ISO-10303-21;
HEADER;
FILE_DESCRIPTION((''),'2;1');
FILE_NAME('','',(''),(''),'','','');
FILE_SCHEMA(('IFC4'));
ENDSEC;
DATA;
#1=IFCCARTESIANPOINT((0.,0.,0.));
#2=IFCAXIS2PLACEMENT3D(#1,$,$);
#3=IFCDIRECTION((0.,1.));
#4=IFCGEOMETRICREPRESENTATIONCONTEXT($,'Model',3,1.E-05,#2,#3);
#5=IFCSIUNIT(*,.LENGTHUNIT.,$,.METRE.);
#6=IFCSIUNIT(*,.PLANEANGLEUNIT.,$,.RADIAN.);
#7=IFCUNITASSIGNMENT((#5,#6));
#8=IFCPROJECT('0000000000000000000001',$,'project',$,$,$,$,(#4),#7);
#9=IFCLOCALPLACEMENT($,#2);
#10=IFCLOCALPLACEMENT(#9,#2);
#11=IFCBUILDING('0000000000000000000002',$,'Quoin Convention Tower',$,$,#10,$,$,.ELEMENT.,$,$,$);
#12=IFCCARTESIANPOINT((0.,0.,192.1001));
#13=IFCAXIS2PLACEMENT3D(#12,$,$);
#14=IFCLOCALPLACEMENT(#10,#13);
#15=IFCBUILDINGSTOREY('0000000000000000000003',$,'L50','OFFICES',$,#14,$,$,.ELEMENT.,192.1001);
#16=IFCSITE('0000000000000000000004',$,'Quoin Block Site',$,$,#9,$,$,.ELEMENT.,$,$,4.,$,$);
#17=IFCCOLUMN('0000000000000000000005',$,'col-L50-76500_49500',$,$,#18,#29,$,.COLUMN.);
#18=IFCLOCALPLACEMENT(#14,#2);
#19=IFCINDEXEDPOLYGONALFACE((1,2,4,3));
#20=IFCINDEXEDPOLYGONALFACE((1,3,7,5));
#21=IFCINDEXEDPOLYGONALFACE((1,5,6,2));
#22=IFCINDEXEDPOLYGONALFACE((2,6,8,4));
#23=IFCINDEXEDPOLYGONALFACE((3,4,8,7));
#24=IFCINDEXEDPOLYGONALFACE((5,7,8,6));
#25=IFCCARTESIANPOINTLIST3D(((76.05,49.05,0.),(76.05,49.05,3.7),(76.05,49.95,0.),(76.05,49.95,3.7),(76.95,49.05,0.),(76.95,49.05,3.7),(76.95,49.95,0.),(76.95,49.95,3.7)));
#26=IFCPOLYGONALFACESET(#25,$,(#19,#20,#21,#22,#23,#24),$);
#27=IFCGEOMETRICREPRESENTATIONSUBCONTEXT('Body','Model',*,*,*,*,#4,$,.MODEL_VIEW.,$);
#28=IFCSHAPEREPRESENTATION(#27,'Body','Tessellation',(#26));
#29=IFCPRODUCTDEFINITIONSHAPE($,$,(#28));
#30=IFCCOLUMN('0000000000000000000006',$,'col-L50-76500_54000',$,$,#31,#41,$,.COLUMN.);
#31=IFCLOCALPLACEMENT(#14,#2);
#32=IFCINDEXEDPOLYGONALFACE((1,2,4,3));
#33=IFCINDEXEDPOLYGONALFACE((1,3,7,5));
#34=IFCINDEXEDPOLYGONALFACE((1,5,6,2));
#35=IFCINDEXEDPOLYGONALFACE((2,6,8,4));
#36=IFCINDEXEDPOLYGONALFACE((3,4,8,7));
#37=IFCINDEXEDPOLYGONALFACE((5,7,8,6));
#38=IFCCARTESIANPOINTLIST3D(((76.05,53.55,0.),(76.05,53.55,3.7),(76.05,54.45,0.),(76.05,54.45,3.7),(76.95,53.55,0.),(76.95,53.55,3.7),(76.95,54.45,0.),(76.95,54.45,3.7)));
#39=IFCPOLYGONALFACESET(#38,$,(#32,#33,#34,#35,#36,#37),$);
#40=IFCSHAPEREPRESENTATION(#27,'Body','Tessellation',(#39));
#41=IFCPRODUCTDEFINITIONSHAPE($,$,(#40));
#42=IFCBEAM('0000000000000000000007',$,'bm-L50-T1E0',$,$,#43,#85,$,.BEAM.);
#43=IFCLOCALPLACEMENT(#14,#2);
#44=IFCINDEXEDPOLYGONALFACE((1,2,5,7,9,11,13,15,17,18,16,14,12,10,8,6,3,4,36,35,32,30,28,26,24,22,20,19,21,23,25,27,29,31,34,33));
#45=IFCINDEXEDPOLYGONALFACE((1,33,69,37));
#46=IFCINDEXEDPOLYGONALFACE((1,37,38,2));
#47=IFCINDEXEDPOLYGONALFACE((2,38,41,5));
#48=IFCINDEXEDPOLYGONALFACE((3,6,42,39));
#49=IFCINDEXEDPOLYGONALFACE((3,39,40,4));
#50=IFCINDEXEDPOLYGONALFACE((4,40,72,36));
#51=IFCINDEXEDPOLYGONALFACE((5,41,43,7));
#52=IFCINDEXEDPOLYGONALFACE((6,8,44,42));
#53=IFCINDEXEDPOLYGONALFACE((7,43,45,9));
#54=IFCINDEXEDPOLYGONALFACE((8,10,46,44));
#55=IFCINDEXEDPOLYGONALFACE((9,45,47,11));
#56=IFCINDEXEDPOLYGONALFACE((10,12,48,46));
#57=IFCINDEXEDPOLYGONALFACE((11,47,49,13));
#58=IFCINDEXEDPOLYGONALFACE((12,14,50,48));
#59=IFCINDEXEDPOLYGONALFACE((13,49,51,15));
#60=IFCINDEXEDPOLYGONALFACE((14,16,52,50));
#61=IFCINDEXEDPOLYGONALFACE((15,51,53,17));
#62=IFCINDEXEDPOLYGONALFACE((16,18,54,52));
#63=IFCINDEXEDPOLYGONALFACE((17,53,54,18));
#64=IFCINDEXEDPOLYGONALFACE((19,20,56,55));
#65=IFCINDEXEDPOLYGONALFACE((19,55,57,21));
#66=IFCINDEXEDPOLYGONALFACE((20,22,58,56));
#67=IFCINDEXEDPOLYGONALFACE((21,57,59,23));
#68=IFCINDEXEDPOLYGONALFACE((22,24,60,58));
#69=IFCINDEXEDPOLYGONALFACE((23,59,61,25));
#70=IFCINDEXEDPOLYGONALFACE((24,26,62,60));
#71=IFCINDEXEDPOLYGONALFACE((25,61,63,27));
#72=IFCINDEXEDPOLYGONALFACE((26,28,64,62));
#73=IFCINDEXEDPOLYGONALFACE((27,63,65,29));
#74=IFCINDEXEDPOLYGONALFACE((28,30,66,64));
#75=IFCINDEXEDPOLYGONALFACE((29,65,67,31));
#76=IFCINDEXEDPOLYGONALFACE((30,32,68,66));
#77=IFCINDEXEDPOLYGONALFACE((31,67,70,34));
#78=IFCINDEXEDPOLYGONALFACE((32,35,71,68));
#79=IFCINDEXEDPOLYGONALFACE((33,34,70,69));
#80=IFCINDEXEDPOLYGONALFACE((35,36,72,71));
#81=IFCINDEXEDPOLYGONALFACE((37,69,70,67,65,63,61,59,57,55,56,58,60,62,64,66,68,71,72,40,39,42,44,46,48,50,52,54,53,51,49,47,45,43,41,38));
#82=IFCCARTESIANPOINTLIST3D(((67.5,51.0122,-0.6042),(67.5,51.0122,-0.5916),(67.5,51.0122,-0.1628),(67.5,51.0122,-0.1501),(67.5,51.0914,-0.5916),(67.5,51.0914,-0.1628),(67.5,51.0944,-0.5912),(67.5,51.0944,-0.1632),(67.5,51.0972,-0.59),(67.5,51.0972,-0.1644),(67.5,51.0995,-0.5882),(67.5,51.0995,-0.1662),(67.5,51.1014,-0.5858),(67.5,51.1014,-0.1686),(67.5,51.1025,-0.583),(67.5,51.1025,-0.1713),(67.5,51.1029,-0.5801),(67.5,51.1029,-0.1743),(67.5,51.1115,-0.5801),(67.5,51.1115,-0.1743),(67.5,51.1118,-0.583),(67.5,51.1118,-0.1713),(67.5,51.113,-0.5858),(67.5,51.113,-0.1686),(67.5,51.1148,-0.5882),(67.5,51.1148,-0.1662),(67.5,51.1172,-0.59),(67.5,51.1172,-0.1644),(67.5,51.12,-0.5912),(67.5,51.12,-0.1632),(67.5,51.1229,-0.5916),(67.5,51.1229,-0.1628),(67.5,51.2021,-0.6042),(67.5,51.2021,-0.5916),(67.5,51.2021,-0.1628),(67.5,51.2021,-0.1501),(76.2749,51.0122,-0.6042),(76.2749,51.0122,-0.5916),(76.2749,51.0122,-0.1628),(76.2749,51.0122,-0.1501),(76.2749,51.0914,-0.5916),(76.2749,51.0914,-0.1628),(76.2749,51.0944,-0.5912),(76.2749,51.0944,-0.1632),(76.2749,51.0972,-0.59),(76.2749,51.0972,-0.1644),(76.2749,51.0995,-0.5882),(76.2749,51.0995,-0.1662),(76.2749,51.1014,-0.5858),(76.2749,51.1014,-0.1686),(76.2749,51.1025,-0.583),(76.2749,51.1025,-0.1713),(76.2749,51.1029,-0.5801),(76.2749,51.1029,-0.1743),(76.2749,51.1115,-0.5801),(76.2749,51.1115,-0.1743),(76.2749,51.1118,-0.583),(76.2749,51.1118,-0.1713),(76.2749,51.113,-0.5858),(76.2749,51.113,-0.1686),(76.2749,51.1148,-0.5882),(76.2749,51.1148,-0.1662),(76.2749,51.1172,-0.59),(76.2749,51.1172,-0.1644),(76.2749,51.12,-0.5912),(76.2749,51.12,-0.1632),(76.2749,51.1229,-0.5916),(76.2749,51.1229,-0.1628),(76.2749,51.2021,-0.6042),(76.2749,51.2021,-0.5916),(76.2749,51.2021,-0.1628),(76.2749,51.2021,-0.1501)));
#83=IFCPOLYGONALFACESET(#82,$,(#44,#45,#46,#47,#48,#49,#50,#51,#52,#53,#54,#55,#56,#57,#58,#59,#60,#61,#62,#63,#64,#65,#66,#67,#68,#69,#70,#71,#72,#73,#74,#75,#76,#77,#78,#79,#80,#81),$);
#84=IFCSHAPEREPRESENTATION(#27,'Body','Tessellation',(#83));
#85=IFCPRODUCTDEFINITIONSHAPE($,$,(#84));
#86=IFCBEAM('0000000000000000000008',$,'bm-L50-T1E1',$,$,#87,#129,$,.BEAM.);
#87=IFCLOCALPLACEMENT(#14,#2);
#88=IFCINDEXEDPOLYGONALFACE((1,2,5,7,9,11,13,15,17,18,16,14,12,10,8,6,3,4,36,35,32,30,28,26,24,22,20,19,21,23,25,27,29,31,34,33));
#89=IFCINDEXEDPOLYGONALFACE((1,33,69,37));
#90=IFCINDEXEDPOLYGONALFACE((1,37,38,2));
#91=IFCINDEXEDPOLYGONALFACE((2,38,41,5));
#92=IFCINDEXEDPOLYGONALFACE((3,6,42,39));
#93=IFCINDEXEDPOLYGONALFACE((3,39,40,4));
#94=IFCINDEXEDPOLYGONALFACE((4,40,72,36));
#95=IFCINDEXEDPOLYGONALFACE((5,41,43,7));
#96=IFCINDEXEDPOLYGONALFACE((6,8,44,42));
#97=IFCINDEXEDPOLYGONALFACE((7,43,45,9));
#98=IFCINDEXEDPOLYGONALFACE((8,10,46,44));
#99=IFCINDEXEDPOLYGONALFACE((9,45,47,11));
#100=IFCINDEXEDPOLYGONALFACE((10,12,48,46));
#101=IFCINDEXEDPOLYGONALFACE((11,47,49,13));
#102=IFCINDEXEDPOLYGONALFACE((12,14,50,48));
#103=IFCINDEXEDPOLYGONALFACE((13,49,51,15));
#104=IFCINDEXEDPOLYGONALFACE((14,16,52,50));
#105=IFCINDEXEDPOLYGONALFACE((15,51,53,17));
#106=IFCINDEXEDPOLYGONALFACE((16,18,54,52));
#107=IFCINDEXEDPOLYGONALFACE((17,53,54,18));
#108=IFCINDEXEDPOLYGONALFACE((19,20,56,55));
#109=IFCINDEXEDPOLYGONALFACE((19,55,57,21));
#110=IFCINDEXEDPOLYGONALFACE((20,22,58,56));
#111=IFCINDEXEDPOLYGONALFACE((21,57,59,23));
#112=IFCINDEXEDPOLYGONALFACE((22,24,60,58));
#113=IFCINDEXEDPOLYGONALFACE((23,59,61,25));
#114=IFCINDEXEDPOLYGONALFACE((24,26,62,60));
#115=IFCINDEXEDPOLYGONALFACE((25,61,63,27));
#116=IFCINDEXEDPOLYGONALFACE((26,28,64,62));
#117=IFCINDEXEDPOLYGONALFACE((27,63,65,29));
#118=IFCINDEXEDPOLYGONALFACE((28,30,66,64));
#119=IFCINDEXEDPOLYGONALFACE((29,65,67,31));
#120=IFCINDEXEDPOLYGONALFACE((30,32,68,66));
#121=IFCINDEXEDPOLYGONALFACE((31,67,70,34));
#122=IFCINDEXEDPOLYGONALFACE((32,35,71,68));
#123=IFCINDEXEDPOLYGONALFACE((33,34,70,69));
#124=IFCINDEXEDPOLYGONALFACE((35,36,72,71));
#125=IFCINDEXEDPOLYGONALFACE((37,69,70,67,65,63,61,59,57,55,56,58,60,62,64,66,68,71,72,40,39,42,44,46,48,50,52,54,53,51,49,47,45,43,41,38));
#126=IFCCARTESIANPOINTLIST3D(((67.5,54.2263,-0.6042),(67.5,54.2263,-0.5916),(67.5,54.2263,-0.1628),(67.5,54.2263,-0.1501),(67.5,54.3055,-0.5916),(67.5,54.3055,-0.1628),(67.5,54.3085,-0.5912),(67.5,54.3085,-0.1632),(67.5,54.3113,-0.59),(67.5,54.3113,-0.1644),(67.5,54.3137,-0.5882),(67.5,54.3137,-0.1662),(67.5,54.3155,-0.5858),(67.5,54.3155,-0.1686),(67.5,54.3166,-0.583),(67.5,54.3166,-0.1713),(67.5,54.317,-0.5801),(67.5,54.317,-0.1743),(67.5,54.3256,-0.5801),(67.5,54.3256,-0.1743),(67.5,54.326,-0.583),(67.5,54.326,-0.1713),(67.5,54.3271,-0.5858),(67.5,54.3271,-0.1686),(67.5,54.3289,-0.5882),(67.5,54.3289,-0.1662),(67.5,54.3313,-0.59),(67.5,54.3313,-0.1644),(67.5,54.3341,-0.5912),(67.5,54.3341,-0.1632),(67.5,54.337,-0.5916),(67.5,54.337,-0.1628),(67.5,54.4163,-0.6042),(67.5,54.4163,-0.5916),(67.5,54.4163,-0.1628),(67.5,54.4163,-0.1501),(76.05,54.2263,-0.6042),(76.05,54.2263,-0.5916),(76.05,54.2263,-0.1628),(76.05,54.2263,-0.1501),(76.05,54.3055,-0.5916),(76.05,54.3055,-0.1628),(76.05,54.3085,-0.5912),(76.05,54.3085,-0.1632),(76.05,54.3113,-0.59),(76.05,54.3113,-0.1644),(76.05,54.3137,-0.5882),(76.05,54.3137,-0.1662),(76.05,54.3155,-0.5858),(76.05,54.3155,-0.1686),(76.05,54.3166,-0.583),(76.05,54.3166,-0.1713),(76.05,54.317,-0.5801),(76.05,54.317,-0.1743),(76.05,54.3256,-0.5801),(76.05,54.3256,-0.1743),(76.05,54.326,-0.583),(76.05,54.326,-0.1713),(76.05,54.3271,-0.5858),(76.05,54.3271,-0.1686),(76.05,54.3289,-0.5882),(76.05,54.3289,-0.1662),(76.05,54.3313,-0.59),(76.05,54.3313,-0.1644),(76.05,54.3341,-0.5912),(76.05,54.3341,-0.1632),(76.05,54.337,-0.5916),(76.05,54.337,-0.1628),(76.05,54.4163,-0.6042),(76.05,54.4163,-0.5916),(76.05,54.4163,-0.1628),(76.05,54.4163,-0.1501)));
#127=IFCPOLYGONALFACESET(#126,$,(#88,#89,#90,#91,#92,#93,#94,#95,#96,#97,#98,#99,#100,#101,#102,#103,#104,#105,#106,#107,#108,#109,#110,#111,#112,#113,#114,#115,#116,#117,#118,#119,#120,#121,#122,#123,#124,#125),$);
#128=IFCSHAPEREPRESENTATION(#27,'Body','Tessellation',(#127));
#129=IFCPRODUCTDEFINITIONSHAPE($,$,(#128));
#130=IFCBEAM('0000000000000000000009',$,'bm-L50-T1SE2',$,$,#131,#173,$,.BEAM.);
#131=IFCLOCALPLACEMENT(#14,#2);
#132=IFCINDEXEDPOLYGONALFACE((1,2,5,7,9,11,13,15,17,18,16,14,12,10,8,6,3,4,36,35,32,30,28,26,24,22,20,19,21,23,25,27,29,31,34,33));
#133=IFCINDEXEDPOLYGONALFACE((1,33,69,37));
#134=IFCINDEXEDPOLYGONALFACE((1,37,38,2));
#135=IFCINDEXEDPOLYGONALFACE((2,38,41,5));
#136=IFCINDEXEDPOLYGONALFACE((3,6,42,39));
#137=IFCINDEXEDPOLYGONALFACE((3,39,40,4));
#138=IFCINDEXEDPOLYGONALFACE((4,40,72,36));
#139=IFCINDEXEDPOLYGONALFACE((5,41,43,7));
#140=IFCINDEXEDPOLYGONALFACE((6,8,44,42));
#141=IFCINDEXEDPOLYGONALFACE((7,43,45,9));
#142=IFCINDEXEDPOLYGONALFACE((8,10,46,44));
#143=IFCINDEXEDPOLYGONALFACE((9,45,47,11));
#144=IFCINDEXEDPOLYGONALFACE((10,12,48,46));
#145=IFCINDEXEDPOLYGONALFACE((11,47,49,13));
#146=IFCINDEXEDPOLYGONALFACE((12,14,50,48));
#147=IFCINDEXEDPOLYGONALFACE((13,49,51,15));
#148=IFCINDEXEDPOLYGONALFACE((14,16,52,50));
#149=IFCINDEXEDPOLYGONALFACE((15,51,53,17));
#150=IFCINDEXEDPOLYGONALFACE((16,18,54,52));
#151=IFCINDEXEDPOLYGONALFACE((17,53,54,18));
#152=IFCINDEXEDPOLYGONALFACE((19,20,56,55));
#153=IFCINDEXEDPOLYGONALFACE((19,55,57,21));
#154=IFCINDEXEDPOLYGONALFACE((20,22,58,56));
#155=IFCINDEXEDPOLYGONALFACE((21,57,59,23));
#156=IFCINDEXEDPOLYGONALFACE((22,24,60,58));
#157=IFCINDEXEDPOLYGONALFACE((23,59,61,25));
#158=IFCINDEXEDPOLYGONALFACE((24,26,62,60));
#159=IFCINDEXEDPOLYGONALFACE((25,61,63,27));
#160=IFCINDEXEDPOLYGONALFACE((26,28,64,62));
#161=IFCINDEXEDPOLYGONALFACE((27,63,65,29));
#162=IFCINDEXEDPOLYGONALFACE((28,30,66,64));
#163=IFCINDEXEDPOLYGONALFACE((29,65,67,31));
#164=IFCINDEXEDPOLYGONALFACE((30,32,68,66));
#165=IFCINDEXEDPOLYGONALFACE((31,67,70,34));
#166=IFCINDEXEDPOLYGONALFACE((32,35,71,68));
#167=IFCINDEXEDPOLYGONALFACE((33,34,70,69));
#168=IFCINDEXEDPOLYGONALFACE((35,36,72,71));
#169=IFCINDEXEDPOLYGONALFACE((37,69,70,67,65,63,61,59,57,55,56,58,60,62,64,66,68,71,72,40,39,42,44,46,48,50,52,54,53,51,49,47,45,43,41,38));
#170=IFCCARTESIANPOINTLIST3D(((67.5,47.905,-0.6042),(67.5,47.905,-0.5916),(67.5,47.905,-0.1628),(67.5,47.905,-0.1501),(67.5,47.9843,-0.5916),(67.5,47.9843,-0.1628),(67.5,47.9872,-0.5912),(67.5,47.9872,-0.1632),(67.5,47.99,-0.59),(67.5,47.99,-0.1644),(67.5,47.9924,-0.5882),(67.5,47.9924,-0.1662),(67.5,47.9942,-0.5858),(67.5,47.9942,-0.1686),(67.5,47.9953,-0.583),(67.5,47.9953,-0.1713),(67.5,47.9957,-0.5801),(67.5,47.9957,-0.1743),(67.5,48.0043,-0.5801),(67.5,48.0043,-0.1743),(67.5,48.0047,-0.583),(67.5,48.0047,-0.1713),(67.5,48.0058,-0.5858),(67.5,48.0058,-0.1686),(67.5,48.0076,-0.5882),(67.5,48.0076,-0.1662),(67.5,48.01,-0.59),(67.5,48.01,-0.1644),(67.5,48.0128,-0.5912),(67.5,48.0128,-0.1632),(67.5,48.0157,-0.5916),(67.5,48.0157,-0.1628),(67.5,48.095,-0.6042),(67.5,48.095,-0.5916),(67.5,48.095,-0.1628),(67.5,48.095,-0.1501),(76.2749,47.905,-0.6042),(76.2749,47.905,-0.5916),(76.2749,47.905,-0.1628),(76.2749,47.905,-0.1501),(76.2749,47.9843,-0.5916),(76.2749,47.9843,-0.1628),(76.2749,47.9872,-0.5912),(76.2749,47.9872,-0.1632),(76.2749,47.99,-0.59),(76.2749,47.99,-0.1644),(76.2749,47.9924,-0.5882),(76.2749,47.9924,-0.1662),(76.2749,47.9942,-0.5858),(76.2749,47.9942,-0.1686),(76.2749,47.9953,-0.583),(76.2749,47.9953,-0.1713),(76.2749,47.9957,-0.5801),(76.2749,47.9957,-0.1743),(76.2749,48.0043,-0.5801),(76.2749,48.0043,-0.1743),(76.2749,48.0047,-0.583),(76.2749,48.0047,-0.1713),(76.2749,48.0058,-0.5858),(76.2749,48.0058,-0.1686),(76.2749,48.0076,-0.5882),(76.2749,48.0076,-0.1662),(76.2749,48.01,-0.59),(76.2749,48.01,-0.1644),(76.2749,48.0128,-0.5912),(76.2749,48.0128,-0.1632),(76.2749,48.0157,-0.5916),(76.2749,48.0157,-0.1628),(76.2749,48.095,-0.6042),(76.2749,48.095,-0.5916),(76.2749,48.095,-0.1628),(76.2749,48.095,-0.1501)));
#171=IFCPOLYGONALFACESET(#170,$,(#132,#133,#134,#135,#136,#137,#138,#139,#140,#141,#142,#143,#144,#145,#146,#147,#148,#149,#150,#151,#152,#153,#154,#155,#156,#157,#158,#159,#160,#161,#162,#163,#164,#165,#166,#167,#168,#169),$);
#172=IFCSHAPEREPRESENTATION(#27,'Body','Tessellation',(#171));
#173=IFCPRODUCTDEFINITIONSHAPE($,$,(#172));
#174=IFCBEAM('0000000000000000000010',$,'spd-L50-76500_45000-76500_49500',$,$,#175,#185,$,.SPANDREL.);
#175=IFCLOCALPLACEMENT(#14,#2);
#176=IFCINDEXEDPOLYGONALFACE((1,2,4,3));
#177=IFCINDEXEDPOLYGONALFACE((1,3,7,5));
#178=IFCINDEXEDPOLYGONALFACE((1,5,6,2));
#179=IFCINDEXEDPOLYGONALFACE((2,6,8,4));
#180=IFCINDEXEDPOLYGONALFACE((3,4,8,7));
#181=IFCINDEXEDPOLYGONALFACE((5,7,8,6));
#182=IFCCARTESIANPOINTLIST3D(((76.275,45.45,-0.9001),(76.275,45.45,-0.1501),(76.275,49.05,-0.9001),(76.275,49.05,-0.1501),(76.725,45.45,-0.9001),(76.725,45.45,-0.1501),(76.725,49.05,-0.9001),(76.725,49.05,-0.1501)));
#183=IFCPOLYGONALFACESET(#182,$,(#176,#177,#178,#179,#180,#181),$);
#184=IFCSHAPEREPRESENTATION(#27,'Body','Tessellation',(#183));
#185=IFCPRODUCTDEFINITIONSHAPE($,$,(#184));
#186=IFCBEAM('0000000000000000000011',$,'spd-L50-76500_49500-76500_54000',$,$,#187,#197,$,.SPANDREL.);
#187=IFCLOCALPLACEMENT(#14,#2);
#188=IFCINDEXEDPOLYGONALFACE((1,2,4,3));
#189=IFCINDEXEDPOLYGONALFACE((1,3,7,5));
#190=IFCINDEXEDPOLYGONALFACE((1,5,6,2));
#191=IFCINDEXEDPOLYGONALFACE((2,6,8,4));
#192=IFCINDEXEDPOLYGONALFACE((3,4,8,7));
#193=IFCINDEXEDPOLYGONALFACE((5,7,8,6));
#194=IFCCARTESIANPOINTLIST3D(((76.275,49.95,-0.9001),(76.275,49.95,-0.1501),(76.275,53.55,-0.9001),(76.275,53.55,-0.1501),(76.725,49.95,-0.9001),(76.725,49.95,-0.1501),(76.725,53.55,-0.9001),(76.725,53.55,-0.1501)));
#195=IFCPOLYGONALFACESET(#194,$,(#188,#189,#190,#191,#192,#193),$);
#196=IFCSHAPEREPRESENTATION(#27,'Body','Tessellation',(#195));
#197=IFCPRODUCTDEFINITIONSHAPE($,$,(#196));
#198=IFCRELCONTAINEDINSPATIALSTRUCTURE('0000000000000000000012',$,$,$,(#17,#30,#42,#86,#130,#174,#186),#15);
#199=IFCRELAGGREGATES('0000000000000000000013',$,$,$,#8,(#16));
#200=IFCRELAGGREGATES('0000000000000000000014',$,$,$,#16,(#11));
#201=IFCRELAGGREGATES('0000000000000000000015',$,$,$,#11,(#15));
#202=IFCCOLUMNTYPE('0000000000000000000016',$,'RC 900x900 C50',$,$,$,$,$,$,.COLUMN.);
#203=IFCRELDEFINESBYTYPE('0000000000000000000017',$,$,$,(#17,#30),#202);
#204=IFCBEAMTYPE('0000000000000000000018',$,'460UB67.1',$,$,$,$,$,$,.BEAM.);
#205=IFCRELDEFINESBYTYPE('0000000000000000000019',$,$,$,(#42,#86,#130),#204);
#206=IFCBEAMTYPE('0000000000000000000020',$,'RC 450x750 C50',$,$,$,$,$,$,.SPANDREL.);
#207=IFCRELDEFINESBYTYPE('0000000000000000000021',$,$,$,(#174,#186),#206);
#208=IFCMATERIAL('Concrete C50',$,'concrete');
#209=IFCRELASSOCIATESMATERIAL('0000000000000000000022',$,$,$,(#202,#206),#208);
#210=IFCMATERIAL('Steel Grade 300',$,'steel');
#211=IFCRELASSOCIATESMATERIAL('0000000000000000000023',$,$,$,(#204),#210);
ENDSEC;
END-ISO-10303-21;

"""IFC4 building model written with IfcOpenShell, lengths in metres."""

from ifc_helpers import new_model, si_unit, direction, frame, origin, origin_2d, place, context, subcontext, project, spatial, rectangle, i_section, extrude, material, material_profile, profile_set, type_object, element, save


model = new_model("IFC4")

# Units and contexts
model_context = context("Model", 3, precision=1e-05, world=origin(), true_north=direction((0.0, 1.0)))
body_context = subcontext(model_context, "Body", "Model", "MODEL_VIEW")
ifc_project = project(units=[si_unit("LENGTHUNIT", "METRE"), si_unit("PLANEANGLEUNIT", "RADIAN")], contexts=[model_context])

# Site, building, storey
site_placement = place(None, origin())
site = spatial("IfcSite", under=ifc_project, at=site_placement, Name="Quoin Block Site", CompositionType="ELEMENT", RefElevation=4.0)
building_placement = place(site_placement, origin())
building = spatial("IfcBuilding", under=site, at=building_placement, Name="Quoin Convention Tower", CompositionType="ELEMENT")
storey_placement = place(building_placement, frame((0.0, 0.0, 192.1001)))
storey = spatial("IfcBuildingStorey", under=building, at=storey_placement, Name="L50", Description="OFFICES", CompositionType="ELEMENT", Elevation=192.1001)

# Columns
ifc_material_1 = material(Name="Concrete C50", Category="concrete")
ifc_material_profile_1 = material_profile(ifc_material_1, rectangle(XDim=0.8999, YDim=0.8999, at=origin_2d()), Name="RC 900x900")
ifc_profile_set_1 = profile_set([ifc_material_profile_1], Name="Concrete C50")
column_type = type_object("IfcColumnType", Name="RC 900x900 C50", PredefinedType="COLUMN", material=ifc_profile_set_1)
for number, where, z_axis, x_axis, name in (
    (1, (76.5, 49.5, 0.0), (0.0, 0.0, 1.0), (1.0, 0.0, 0.0), "col-L50-76500_49500"),
    (2, (76.5, 54.0, 0.0), (0.0, 0.0, 1.0), (1.0, 0.0, 0.0), "col-L50-76500_54000"),
):
    element("IfcColumn", number, at=place(storey_placement, frame(where, z_axis=z_axis, x_axis=x_axis)), inside=storey, type_object=column_type, Name=name, PredefinedType="COLUMN", context=body_context, shape_type="SweptSolid", body=[
        extrude(rectangle(XDim=0.8999, YDim=0.8999, at=origin_2d()), origin(), (0.0, 0.0, 1.0), 3.7),
    ])

# Beams
ifc_material_2 = material(Name="Steel Grade 300", Category="steel")
ifc_material_profile_2 = material_profile(ifc_material_2, i_section(OverallWidth=0.1899, OverallDepth=0.4541, WebThickness=0.0085, FlangeThickness=0.0127, FilletRadius=0.0115, at=origin_2d()), Name="460UB67.1")
ifc_profile_set_2 = profile_set([ifc_material_profile_2], Name="Steel Grade 300")
beam_type_1 = type_object("IfcBeamType", Name="460UB67.1", PredefinedType="BEAM", material=ifc_profile_set_2)
beam_1_placement = place(storey_placement, frame((67.5, 51.1072, -0.3772), z_axis=(1.0, 0.0, 0.0), x_axis=(0.0, 1.0, 0.0)))
element("IfcBeam", 3, at=beam_1_placement, inside=storey, type_object=beam_type_1, Name="bm-L50-T1E0", PredefinedType="BEAM", context=body_context, shape_type="SweptSolid", body=[
    extrude(i_section(OverallWidth=0.1899, OverallDepth=0.4541, WebThickness=0.0085, FlangeThickness=0.0127, FilletRadius=0.0115, at=origin_2d()), origin(), (0.0, 0.0, 1.0), 8.7749),
])
beam_2_placement = place(storey_placement, frame((67.5, 54.3213, -0.3772), z_axis=(1.0, 0.0, 0.0), x_axis=(0.0, 1.0, 0.0)))
element("IfcBeam", 4, at=beam_2_placement, inside=storey, type_object=beam_type_1, Name="bm-L50-T1E1", PredefinedType="BEAM", context=body_context, shape_type="SweptSolid", body=[
    extrude(i_section(OverallWidth=0.1899, OverallDepth=0.4541, WebThickness=0.0085, FlangeThickness=0.0127, FilletRadius=0.0115, at=origin_2d()), origin(), (0.0, 0.0, 1.0), 8.55),
])
beam_3_placement = place(storey_placement, frame((67.5, 48.0, -0.3772), z_axis=(1.0, 0.0, 0.0), x_axis=(0.0, 1.0, 0.0)))
element("IfcBeam", 5, at=beam_3_placement, inside=storey, type_object=beam_type_1, Name="bm-L50-T1SE2", PredefinedType="BEAM", context=body_context, shape_type="SweptSolid", body=[
    extrude(i_section(OverallWidth=0.1899, OverallDepth=0.4541, WebThickness=0.0085, FlangeThickness=0.0127, FilletRadius=0.0115, at=origin_2d()), origin(), (0.0, 0.0, 1.0), 8.7749),
])
ifc_material_profile_3 = material_profile(ifc_material_1, rectangle(XDim=0.45, YDim=0.75, at=origin_2d()), Name="RC 450x750")
ifc_profile_set_3 = profile_set([ifc_material_profile_3], Name="Concrete C50")
beam_type_2 = type_object("IfcBeamType", Name="RC 450x750 C50", PredefinedType="SPANDREL", material=ifc_profile_set_3)
for number, where, z_axis, x_axis, name in (
    (6, (76.5, 45.45, -0.5251), (0.0, 1.0, 0.0), (-1.0, 0.0, 0.0), "spd-L50-76500_45000-76500_49500"),
    (7, (76.5, 49.95, -0.5251), (0.0, 1.0, 0.0), (-1.0, 0.0, 0.0), "spd-L50-76500_49500-76500_54000"),
):
    element("IfcBeam", number, at=place(storey_placement, frame(where, z_axis=z_axis, x_axis=x_axis)), inside=storey, type_object=beam_type_2, Name=name, PredefinedType="SPANDREL", context=body_context, shape_type="SweptSolid", body=[
        extrude(rectangle(XDim=0.45, YDim=0.75, at=origin_2d()), origin(), (0.0, 0.0, 1.0), 3.6001),
    ])

save(model, "model.ifc")
